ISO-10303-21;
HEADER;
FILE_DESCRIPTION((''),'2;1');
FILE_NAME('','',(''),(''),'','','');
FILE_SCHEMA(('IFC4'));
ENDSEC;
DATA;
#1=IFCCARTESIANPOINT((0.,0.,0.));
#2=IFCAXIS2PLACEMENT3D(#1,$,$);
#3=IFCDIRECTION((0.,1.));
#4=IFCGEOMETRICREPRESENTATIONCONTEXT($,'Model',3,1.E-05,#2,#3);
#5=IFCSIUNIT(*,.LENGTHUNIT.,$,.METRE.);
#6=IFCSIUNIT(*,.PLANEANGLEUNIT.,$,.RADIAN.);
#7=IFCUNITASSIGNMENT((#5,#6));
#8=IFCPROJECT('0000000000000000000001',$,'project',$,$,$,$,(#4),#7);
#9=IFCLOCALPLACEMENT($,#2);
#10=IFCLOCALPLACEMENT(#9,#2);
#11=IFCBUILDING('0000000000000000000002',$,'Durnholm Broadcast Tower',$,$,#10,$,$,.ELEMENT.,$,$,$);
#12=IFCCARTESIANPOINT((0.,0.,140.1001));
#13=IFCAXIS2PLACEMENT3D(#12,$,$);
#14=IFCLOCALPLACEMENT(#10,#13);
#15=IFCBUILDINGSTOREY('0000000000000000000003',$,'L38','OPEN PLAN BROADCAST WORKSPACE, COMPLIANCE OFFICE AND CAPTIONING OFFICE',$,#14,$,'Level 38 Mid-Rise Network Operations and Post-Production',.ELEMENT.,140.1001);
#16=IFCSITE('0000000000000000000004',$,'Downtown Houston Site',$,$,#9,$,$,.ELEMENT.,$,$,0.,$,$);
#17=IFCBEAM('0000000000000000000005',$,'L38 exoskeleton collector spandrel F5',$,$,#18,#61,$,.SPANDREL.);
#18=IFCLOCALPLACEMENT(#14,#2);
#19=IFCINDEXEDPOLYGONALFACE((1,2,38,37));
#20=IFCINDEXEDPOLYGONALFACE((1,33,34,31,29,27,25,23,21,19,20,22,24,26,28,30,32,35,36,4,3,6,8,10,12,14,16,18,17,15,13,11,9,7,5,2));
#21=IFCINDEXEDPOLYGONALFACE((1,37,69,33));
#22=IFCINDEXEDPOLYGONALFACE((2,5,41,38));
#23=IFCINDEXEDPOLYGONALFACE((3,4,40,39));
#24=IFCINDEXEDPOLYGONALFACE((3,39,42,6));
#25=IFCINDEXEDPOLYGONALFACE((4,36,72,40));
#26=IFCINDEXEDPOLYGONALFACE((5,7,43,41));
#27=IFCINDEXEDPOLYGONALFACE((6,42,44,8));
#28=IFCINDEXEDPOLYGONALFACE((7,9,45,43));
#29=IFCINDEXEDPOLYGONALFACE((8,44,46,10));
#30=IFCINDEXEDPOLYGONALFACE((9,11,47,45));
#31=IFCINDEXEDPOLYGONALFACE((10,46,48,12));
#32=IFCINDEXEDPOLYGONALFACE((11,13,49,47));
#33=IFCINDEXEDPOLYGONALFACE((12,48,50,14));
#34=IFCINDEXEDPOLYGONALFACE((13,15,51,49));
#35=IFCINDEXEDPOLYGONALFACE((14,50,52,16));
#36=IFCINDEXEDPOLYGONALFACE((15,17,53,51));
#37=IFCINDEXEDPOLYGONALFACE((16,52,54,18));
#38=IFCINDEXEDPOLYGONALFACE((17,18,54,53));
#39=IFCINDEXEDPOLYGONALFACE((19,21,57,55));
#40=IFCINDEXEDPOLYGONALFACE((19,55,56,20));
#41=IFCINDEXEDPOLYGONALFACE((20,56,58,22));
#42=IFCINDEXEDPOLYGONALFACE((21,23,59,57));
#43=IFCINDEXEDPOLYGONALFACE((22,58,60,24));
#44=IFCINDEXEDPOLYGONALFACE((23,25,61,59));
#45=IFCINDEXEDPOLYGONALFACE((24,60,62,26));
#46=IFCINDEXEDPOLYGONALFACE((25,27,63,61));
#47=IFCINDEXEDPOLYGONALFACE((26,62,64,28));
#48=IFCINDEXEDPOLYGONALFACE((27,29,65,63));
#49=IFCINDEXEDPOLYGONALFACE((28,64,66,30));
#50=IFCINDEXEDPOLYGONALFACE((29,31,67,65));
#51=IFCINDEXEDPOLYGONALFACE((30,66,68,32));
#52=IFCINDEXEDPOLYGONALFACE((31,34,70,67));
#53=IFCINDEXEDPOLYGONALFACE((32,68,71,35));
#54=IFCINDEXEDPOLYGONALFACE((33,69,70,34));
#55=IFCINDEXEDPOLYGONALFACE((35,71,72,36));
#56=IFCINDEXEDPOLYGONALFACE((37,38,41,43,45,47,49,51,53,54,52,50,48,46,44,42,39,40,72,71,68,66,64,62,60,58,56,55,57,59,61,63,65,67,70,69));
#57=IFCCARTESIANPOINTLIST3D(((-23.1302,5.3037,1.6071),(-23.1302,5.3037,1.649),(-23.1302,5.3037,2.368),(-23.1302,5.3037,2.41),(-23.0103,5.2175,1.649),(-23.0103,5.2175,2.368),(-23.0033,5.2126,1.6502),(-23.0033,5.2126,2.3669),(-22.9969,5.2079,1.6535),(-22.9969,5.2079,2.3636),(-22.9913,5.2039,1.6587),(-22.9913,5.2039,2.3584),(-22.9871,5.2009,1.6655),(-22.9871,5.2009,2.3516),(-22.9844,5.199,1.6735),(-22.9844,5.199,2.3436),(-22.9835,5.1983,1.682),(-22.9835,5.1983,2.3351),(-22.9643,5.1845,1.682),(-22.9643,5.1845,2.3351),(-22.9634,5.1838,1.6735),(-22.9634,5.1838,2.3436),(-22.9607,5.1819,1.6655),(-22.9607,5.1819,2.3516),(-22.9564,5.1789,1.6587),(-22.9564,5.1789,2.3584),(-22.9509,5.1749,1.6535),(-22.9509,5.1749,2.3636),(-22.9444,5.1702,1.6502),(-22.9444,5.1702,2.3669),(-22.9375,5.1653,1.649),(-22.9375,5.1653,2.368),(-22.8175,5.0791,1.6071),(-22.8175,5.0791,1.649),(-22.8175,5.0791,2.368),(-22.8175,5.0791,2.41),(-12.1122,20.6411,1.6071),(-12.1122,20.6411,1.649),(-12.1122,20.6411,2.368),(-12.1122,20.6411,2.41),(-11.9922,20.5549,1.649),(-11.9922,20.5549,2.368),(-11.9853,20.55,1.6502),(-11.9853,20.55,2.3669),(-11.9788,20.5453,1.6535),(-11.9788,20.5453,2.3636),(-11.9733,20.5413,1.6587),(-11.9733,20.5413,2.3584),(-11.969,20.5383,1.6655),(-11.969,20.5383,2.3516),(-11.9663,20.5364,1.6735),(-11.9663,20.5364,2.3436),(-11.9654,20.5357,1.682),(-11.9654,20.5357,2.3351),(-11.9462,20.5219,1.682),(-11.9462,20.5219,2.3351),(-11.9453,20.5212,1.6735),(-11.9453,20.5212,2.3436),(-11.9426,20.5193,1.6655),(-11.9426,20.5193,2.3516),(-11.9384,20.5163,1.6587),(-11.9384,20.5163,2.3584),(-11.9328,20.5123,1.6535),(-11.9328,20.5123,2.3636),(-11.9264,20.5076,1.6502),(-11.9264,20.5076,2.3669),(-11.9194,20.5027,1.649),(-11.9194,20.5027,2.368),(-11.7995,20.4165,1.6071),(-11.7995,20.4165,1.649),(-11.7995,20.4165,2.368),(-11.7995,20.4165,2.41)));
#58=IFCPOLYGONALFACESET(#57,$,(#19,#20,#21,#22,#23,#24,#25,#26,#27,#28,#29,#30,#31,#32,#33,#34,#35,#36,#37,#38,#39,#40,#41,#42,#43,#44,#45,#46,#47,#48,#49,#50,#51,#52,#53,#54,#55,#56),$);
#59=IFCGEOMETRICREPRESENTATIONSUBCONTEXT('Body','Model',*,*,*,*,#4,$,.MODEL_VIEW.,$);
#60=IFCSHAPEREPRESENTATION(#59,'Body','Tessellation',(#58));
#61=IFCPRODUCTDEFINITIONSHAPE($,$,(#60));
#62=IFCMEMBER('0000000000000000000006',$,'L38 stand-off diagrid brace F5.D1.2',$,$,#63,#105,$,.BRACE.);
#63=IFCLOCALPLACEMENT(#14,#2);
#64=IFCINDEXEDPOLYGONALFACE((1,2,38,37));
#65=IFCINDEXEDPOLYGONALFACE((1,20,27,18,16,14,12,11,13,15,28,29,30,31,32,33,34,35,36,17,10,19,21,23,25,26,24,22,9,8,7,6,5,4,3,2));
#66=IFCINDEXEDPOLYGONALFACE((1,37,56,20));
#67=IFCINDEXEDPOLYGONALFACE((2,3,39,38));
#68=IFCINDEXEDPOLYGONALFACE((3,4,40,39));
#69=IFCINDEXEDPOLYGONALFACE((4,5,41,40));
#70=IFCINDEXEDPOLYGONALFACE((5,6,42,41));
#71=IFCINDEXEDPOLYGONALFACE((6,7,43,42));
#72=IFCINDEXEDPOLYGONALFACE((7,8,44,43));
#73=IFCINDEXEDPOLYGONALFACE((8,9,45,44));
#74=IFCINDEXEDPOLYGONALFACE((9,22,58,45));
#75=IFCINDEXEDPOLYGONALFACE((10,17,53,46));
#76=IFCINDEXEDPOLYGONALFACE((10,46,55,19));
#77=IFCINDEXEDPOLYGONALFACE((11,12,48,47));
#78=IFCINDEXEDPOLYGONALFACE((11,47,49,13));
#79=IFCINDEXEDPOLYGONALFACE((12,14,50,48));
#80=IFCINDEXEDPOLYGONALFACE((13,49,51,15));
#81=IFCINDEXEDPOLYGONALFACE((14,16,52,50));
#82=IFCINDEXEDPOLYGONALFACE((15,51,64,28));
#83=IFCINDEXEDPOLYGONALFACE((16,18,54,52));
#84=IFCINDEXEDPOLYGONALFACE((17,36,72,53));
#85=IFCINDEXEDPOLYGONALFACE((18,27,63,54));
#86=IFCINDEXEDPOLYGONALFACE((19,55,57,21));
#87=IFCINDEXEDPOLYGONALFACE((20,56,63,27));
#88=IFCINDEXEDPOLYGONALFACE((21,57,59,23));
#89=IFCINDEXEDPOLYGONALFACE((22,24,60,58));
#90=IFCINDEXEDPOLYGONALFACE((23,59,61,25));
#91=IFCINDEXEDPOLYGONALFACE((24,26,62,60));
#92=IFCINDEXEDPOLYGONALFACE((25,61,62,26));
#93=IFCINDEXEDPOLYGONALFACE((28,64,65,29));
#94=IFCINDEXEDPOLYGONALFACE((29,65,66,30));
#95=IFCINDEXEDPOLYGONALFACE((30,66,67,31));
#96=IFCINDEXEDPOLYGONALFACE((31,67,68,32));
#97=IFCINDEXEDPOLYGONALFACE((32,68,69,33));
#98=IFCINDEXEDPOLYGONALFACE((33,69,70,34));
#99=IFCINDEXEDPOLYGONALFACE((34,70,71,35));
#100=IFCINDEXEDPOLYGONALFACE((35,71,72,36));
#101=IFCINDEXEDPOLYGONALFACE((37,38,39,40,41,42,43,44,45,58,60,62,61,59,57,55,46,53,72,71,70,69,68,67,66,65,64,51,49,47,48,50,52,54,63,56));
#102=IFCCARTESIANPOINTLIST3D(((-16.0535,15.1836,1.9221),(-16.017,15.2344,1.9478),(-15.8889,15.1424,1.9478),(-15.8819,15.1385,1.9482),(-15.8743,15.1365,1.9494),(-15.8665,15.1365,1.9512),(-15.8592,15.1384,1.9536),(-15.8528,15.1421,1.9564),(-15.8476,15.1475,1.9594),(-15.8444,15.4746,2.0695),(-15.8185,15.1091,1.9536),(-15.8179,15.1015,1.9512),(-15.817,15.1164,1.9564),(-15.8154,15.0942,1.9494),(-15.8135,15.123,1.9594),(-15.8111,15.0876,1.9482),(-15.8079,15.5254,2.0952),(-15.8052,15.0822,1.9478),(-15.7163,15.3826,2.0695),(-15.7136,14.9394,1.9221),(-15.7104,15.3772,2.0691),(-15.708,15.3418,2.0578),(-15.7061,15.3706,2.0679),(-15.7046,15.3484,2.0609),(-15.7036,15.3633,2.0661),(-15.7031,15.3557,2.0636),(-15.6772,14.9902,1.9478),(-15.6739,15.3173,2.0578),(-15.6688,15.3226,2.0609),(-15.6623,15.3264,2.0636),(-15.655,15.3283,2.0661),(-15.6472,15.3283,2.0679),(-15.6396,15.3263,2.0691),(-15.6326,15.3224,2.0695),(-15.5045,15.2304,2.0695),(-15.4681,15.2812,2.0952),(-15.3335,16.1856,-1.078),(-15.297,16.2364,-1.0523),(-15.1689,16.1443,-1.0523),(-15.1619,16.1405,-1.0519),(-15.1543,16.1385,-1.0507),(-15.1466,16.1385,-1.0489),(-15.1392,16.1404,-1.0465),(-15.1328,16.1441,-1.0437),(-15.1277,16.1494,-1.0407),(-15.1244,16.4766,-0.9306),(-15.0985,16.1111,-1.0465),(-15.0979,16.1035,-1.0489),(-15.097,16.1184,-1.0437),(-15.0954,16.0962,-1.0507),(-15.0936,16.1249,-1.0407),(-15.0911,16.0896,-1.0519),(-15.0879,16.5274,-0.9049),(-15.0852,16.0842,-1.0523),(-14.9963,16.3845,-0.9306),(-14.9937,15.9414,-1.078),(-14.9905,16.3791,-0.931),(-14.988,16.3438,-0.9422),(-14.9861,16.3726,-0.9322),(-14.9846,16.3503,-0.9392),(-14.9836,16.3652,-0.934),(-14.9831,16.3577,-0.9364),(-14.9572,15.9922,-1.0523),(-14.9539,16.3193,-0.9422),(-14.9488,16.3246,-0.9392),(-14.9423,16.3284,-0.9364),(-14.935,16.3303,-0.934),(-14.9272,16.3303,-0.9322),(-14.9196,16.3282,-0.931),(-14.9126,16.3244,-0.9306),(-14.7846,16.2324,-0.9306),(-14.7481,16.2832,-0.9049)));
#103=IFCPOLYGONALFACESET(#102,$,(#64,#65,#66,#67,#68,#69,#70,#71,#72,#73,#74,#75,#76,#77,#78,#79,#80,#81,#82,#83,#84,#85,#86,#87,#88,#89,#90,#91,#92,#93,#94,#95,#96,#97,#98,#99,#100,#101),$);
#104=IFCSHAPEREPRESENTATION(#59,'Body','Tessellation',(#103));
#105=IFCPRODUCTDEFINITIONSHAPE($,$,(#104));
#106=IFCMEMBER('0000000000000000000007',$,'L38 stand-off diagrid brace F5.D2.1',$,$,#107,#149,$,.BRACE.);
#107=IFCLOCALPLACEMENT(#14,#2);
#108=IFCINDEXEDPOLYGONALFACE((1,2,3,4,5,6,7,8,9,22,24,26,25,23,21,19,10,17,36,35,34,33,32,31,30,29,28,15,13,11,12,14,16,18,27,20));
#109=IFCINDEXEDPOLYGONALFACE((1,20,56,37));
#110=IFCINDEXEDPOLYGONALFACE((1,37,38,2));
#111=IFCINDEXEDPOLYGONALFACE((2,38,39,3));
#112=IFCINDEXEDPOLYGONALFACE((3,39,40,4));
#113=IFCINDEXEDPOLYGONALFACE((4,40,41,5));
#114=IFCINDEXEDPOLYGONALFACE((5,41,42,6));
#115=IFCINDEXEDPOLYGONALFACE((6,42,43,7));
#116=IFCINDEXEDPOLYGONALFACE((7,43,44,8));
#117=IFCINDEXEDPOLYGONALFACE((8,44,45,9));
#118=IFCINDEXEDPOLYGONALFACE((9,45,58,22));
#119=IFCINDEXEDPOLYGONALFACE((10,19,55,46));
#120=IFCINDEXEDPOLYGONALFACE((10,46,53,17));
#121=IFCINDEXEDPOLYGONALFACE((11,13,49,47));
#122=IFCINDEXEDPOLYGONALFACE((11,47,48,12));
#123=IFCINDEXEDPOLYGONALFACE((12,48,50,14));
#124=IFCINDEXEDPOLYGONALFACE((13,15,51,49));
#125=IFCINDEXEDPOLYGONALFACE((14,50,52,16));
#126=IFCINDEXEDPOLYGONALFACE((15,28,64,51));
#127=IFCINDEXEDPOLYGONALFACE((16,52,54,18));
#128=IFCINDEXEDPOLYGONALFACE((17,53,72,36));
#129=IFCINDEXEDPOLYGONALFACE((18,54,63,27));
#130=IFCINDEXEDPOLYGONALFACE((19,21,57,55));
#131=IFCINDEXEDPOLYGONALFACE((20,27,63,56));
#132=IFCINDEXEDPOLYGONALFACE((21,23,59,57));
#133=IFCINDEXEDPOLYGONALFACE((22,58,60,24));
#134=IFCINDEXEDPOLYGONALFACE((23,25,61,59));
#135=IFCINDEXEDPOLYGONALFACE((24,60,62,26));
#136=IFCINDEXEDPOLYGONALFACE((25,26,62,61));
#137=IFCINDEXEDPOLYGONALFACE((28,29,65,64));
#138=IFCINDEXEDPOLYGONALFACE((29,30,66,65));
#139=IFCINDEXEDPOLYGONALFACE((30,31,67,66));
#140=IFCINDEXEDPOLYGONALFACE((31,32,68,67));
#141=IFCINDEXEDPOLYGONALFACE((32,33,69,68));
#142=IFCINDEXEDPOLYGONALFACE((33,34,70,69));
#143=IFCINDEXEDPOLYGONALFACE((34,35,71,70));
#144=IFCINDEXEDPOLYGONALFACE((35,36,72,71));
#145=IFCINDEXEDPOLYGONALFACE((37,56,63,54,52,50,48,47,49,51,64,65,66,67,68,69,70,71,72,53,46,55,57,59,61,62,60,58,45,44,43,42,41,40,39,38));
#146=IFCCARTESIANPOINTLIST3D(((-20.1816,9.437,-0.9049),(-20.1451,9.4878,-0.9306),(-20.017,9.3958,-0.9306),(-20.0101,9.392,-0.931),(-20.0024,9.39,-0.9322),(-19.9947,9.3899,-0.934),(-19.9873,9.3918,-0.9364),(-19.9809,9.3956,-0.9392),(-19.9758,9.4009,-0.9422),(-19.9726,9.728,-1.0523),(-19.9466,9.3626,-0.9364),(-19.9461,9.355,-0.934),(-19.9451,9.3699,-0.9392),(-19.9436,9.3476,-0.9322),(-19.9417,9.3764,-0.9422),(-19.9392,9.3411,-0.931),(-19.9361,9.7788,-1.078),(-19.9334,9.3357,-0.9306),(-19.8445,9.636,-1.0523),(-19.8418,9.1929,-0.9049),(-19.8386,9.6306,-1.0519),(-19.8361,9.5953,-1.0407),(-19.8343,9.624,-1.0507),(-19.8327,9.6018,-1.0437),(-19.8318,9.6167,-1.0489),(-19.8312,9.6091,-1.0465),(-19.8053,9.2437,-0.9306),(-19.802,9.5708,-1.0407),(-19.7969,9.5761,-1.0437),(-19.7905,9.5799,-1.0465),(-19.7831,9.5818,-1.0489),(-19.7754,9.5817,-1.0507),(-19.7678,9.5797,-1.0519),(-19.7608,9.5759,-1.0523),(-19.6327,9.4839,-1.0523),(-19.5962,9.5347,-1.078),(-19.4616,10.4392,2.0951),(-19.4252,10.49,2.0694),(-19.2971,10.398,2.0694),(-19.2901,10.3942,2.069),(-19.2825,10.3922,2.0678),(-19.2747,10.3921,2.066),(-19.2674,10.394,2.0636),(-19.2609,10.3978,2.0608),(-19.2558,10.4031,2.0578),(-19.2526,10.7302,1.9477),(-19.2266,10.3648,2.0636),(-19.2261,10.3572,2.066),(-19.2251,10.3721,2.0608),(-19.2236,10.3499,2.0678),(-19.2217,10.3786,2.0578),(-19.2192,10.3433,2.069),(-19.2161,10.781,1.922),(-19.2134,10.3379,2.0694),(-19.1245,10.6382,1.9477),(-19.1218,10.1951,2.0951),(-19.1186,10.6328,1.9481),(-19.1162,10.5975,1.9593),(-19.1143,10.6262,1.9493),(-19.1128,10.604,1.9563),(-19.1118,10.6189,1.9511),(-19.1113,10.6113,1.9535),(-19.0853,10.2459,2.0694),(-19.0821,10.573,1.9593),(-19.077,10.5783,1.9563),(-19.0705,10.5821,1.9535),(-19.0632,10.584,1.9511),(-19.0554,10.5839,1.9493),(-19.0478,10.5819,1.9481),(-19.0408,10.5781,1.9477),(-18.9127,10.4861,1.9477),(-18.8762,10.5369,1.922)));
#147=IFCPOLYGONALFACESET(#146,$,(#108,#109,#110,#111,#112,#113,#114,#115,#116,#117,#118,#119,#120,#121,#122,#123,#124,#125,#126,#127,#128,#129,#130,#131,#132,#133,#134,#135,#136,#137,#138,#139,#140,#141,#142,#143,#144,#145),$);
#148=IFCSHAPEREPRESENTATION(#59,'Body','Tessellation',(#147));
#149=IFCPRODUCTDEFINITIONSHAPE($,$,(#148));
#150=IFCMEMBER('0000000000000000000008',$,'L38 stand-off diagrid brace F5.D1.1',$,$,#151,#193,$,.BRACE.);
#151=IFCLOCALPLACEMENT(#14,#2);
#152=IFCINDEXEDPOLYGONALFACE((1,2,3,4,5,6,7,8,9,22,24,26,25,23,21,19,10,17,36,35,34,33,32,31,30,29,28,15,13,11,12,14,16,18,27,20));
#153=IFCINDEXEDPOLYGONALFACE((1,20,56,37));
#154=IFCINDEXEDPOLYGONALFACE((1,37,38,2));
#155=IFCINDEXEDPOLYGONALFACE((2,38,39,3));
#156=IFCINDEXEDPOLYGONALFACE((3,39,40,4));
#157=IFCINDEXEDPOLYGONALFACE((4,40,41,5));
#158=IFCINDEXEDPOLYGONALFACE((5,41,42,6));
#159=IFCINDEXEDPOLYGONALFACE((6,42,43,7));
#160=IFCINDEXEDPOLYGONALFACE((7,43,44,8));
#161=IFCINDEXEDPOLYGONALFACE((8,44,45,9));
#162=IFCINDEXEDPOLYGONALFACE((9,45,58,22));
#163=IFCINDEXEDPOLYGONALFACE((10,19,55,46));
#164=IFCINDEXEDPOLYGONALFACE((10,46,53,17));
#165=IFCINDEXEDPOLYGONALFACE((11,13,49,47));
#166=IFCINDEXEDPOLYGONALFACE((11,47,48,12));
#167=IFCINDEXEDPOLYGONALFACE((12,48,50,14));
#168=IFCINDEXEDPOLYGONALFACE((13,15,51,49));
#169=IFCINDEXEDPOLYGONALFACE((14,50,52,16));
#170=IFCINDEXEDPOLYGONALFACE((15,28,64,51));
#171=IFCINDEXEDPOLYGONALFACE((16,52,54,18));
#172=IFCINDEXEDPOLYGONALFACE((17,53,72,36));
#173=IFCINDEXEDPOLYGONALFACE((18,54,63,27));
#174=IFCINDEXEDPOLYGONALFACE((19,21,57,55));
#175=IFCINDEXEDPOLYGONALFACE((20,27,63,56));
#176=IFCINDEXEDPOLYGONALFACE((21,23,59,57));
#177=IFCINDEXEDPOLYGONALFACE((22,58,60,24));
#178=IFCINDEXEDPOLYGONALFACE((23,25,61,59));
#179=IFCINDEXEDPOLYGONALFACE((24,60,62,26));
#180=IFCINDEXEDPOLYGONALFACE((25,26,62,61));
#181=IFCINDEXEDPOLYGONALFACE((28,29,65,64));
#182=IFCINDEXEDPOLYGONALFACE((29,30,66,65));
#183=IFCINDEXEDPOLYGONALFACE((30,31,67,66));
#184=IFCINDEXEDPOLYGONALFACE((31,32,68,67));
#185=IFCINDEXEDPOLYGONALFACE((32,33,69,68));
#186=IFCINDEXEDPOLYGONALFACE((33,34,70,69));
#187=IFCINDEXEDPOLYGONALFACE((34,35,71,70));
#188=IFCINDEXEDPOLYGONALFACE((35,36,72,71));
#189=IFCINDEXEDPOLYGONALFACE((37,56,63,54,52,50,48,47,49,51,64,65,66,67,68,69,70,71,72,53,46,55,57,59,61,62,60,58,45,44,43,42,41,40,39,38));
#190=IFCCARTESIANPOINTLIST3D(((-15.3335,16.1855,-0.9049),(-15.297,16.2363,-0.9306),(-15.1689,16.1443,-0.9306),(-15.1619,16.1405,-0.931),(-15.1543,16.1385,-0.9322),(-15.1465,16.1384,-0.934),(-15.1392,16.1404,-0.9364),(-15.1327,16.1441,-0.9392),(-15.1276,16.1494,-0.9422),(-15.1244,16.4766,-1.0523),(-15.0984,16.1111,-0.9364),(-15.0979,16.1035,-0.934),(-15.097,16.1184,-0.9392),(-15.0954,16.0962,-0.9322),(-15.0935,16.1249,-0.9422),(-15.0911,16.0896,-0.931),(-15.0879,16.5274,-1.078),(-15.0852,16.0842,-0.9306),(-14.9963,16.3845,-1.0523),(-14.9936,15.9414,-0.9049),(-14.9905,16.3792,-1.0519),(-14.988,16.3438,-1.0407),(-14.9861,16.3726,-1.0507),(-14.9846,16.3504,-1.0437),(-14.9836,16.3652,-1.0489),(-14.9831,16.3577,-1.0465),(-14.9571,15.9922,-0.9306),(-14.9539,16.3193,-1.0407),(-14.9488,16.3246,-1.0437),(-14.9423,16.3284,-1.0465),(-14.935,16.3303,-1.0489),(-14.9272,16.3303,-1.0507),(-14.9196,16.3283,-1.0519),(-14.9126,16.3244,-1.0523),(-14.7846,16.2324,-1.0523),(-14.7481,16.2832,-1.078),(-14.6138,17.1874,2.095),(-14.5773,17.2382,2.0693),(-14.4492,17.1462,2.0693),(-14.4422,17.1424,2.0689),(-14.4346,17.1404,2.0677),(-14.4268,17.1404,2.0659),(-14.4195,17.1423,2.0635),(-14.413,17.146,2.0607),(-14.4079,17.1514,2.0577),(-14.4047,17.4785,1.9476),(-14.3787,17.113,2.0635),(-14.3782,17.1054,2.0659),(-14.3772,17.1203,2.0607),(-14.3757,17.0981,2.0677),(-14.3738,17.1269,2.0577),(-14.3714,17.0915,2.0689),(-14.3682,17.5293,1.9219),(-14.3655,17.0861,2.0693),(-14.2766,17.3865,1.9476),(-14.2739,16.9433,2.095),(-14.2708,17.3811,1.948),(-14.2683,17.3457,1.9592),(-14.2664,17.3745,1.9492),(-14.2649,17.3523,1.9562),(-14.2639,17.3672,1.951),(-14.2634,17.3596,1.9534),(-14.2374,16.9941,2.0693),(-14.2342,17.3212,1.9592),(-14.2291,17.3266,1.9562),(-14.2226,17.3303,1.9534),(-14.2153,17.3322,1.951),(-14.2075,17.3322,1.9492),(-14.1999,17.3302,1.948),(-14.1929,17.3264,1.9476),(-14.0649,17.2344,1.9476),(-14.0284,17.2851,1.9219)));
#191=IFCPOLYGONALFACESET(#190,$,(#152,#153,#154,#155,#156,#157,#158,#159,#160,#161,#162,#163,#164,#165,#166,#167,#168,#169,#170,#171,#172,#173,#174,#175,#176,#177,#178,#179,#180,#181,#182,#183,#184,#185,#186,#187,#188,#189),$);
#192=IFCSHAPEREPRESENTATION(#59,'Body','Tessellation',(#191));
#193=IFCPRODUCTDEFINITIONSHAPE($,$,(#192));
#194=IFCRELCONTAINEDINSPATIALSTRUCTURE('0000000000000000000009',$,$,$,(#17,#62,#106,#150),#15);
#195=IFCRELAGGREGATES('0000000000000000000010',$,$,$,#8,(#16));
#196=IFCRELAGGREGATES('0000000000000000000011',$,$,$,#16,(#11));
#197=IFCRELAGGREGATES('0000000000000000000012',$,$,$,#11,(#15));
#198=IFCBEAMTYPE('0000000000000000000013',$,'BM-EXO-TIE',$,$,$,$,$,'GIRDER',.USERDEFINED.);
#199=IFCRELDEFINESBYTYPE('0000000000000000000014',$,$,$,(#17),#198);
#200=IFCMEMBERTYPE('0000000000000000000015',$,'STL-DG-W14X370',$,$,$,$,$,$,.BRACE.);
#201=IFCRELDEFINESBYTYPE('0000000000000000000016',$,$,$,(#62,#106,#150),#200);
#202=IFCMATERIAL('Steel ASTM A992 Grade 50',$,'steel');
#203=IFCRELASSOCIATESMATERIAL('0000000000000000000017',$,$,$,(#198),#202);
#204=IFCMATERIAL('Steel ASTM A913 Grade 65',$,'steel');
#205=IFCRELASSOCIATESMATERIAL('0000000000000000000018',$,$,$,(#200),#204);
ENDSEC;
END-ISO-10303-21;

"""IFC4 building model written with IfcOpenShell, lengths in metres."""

from ifc_helpers import new_model, si_unit, direction, frame, origin, origin_2d, place, context, subcontext, project, spatial, i_section, extrude, source, transform, mapped, material, material_profile, profile_set, type_object, type_shapes, element, save


model = new_model("IFC4")

# Units and contexts
model_context = context("Model", 3, precision=1e-05, world=origin(), true_north=direction((0.0, 1.0)))
body_context = subcontext(model_context, "Body", "Model", "MODEL_VIEW")
ifc_project = project(units=[si_unit("LENGTHUNIT", "METRE"), si_unit("PLANEANGLEUNIT", "RADIAN")], contexts=[model_context])

# Site, building, storey
site_placement = place(None, origin())
site = spatial("IfcSite", under=ifc_project, at=site_placement, Name="Downtown Houston Site", CompositionType="ELEMENT", RefElevation=0.0)
building_placement = place(site_placement, origin())
building = spatial("IfcBuilding", under=site, at=building_placement, Name="Durnholm Broadcast Tower", CompositionType="ELEMENT")
storey_placement = place(building_placement, frame((0.0, 0.0, 140.1001)))
storey = spatial("IfcBuildingStorey", under=building, at=storey_placement, Name="L38", Description="OPEN PLAN BROADCAST WORKSPACE, COMPLIANCE OFFICE AND CAPTIONING OFFICE", LongName="Level 38 Mid-Rise Network Operations and Post-Production", CompositionType="ELEMENT", Elevation=140.1001)

# Beam
ifc_material_1 = material(Name="Steel ASTM A992 Grade 50", Category="steel")
ifc_material_profile_1 = material_profile(ifc_material_1, i_section(OverallWidth=0.385, OverallDepth=0.803, WebThickness=0.0237, FlangeThickness=0.042, FilletRadius=0.033, at=origin_2d()), Name="W30X261")
ifc_profile_set_1 = profile_set([ifc_material_profile_1], Name="Steel ASTM A992 Grade 50")
beam_type = type_object("IfcBeamType", Name="BM-EXO-TIE", ElementType="GIRDER", PredefinedType="USERDEFINED", material=ifc_profile_set_1)
shared_shape_1 = source(origin(), body_context, "Body", "SweptSolid", [
    extrude(i_section(OverallWidth=0.385, OverallDepth=0.803, WebThickness=0.0237, FlangeThickness=0.042, FilletRadius=0.033, at=origin_2d()), origin(), (0.0, 0.0, 1.0), 18.8848),
])
type_shapes(beam_type, [shared_shape_1])
beam_placement = place(storey_placement, frame((-11.9558, 20.5288, 2.0085), z_axis=(-0.583437, -0.812158, 0.0), x_axis=(0.812158, -0.583437, 0.0)))
element("IfcBeam", 1, at=beam_placement, inside=storey, type_object=beam_type, Name="L38 exoskeleton collector spandrel F5", PredefinedType="SPANDREL", context=body_context, shape_type="MappedRepresentation", body=[
    mapped(shared_shape_1, transform((0.0, 0.0, 0.0), x_axis=(1.0, 0.0, 0.0), y_axis=(0.0, 1.0, 0.0), z_axis=(0.0, 0.0, 1.0), scale=1.0)),
])

# Members
ifc_material_2 = material(Name="Steel ASTM A913 Grade 65", Category="steel")
ifc_material_profile_2 = material_profile(ifc_material_2, i_section(OverallWidth=0.4185, OverallDepth=0.4551, WebThickness=0.042, FlangeThickness=0.0676, FilletRadius=0.0305, at=origin_2d()), Name="W14X370")
ifc_profile_set_2 = profile_set([ifc_material_profile_2], Name="Steel ASTM A913 Grade 65")
member_type_1 = type_object("IfcMemberType", Name="STL-DG-W14X370", PredefinedType="BRACE", material=ifc_profile_set_2)
shared_shape_2 = source(origin(), body_context, "Body", "SweptSolid", [
    extrude(i_section(OverallWidth=0.4185, OverallDepth=0.4551, WebThickness=0.042, FlangeThickness=0.0676, FilletRadius=0.0305, at=origin_2d()), origin(), (0.0, 0.0, 1.0), 3.2439),
])
for number, where, z_axis, x_axis, name in (
    (2, (-15.0408, 16.2344, -0.9915), (-0.221953, -0.308882, 0.92484), (0.812086, -0.583538, 0.0), "L38 stand-off diagrid brace F5.D1.2"),
    (3, (-19.8889, 9.4858, -0.9915), (0.221947, 0.30895, 0.924818), (-0.812153, 0.583444, 0.0), "L38 stand-off diagrid brace F5.D2.1"),
):
    element("IfcMember", number, at=place(storey_placement, frame(where, z_axis=z_axis, x_axis=x_axis)), inside=storey, type_object=member_type_1, Name=name, PredefinedType="BRACE", context=body_context, shape_type="MappedRepresentation", body=[
        mapped(shared_shape_2, transform((0.0, 0.0, 0.0), x_axis=(1.0, 0.0, 0.0), y_axis=(0.0, 1.0, 0.0), z_axis=(0.0, 0.0, 1.0), scale=1.0)),
    ])
shared_shape_3 = source(origin(), body_context, "Body", "SweptSolid", [
    extrude(i_section(OverallWidth=0.4185, OverallDepth=0.4551, WebThickness=0.042, FlangeThickness=0.0676, FilletRadius=0.0305, at=origin_2d()), origin(), (0.0, 0.0, 1.0), 3.2437),
])
type_shapes(member_type_1, [shared_shape_2, shared_shape_3])
for number, where, z_axis, x_axis, name in (
    (4, (-15.0408, 16.2344, -0.9915), (0.221881, 0.308887, 0.924855), (-0.812179, 0.583408, 0.0), "L38 stand-off diagrid brace F5.D1.1"),
):
    element("IfcMember", number, at=place(storey_placement, frame(where, z_axis=z_axis, x_axis=x_axis)), inside=storey, type_object=member_type_1, Name=name, PredefinedType="BRACE", context=body_context, shape_type="MappedRepresentation", body=[
        mapped(shared_shape_3, transform((0.0, 0.0, 0.0), x_axis=(1.0, 0.0, 0.0), y_axis=(0.0, 1.0, 0.0), z_axis=(0.0, 0.0, 1.0), scale=1.0)),
    ])

save(model, "model.ifc")
